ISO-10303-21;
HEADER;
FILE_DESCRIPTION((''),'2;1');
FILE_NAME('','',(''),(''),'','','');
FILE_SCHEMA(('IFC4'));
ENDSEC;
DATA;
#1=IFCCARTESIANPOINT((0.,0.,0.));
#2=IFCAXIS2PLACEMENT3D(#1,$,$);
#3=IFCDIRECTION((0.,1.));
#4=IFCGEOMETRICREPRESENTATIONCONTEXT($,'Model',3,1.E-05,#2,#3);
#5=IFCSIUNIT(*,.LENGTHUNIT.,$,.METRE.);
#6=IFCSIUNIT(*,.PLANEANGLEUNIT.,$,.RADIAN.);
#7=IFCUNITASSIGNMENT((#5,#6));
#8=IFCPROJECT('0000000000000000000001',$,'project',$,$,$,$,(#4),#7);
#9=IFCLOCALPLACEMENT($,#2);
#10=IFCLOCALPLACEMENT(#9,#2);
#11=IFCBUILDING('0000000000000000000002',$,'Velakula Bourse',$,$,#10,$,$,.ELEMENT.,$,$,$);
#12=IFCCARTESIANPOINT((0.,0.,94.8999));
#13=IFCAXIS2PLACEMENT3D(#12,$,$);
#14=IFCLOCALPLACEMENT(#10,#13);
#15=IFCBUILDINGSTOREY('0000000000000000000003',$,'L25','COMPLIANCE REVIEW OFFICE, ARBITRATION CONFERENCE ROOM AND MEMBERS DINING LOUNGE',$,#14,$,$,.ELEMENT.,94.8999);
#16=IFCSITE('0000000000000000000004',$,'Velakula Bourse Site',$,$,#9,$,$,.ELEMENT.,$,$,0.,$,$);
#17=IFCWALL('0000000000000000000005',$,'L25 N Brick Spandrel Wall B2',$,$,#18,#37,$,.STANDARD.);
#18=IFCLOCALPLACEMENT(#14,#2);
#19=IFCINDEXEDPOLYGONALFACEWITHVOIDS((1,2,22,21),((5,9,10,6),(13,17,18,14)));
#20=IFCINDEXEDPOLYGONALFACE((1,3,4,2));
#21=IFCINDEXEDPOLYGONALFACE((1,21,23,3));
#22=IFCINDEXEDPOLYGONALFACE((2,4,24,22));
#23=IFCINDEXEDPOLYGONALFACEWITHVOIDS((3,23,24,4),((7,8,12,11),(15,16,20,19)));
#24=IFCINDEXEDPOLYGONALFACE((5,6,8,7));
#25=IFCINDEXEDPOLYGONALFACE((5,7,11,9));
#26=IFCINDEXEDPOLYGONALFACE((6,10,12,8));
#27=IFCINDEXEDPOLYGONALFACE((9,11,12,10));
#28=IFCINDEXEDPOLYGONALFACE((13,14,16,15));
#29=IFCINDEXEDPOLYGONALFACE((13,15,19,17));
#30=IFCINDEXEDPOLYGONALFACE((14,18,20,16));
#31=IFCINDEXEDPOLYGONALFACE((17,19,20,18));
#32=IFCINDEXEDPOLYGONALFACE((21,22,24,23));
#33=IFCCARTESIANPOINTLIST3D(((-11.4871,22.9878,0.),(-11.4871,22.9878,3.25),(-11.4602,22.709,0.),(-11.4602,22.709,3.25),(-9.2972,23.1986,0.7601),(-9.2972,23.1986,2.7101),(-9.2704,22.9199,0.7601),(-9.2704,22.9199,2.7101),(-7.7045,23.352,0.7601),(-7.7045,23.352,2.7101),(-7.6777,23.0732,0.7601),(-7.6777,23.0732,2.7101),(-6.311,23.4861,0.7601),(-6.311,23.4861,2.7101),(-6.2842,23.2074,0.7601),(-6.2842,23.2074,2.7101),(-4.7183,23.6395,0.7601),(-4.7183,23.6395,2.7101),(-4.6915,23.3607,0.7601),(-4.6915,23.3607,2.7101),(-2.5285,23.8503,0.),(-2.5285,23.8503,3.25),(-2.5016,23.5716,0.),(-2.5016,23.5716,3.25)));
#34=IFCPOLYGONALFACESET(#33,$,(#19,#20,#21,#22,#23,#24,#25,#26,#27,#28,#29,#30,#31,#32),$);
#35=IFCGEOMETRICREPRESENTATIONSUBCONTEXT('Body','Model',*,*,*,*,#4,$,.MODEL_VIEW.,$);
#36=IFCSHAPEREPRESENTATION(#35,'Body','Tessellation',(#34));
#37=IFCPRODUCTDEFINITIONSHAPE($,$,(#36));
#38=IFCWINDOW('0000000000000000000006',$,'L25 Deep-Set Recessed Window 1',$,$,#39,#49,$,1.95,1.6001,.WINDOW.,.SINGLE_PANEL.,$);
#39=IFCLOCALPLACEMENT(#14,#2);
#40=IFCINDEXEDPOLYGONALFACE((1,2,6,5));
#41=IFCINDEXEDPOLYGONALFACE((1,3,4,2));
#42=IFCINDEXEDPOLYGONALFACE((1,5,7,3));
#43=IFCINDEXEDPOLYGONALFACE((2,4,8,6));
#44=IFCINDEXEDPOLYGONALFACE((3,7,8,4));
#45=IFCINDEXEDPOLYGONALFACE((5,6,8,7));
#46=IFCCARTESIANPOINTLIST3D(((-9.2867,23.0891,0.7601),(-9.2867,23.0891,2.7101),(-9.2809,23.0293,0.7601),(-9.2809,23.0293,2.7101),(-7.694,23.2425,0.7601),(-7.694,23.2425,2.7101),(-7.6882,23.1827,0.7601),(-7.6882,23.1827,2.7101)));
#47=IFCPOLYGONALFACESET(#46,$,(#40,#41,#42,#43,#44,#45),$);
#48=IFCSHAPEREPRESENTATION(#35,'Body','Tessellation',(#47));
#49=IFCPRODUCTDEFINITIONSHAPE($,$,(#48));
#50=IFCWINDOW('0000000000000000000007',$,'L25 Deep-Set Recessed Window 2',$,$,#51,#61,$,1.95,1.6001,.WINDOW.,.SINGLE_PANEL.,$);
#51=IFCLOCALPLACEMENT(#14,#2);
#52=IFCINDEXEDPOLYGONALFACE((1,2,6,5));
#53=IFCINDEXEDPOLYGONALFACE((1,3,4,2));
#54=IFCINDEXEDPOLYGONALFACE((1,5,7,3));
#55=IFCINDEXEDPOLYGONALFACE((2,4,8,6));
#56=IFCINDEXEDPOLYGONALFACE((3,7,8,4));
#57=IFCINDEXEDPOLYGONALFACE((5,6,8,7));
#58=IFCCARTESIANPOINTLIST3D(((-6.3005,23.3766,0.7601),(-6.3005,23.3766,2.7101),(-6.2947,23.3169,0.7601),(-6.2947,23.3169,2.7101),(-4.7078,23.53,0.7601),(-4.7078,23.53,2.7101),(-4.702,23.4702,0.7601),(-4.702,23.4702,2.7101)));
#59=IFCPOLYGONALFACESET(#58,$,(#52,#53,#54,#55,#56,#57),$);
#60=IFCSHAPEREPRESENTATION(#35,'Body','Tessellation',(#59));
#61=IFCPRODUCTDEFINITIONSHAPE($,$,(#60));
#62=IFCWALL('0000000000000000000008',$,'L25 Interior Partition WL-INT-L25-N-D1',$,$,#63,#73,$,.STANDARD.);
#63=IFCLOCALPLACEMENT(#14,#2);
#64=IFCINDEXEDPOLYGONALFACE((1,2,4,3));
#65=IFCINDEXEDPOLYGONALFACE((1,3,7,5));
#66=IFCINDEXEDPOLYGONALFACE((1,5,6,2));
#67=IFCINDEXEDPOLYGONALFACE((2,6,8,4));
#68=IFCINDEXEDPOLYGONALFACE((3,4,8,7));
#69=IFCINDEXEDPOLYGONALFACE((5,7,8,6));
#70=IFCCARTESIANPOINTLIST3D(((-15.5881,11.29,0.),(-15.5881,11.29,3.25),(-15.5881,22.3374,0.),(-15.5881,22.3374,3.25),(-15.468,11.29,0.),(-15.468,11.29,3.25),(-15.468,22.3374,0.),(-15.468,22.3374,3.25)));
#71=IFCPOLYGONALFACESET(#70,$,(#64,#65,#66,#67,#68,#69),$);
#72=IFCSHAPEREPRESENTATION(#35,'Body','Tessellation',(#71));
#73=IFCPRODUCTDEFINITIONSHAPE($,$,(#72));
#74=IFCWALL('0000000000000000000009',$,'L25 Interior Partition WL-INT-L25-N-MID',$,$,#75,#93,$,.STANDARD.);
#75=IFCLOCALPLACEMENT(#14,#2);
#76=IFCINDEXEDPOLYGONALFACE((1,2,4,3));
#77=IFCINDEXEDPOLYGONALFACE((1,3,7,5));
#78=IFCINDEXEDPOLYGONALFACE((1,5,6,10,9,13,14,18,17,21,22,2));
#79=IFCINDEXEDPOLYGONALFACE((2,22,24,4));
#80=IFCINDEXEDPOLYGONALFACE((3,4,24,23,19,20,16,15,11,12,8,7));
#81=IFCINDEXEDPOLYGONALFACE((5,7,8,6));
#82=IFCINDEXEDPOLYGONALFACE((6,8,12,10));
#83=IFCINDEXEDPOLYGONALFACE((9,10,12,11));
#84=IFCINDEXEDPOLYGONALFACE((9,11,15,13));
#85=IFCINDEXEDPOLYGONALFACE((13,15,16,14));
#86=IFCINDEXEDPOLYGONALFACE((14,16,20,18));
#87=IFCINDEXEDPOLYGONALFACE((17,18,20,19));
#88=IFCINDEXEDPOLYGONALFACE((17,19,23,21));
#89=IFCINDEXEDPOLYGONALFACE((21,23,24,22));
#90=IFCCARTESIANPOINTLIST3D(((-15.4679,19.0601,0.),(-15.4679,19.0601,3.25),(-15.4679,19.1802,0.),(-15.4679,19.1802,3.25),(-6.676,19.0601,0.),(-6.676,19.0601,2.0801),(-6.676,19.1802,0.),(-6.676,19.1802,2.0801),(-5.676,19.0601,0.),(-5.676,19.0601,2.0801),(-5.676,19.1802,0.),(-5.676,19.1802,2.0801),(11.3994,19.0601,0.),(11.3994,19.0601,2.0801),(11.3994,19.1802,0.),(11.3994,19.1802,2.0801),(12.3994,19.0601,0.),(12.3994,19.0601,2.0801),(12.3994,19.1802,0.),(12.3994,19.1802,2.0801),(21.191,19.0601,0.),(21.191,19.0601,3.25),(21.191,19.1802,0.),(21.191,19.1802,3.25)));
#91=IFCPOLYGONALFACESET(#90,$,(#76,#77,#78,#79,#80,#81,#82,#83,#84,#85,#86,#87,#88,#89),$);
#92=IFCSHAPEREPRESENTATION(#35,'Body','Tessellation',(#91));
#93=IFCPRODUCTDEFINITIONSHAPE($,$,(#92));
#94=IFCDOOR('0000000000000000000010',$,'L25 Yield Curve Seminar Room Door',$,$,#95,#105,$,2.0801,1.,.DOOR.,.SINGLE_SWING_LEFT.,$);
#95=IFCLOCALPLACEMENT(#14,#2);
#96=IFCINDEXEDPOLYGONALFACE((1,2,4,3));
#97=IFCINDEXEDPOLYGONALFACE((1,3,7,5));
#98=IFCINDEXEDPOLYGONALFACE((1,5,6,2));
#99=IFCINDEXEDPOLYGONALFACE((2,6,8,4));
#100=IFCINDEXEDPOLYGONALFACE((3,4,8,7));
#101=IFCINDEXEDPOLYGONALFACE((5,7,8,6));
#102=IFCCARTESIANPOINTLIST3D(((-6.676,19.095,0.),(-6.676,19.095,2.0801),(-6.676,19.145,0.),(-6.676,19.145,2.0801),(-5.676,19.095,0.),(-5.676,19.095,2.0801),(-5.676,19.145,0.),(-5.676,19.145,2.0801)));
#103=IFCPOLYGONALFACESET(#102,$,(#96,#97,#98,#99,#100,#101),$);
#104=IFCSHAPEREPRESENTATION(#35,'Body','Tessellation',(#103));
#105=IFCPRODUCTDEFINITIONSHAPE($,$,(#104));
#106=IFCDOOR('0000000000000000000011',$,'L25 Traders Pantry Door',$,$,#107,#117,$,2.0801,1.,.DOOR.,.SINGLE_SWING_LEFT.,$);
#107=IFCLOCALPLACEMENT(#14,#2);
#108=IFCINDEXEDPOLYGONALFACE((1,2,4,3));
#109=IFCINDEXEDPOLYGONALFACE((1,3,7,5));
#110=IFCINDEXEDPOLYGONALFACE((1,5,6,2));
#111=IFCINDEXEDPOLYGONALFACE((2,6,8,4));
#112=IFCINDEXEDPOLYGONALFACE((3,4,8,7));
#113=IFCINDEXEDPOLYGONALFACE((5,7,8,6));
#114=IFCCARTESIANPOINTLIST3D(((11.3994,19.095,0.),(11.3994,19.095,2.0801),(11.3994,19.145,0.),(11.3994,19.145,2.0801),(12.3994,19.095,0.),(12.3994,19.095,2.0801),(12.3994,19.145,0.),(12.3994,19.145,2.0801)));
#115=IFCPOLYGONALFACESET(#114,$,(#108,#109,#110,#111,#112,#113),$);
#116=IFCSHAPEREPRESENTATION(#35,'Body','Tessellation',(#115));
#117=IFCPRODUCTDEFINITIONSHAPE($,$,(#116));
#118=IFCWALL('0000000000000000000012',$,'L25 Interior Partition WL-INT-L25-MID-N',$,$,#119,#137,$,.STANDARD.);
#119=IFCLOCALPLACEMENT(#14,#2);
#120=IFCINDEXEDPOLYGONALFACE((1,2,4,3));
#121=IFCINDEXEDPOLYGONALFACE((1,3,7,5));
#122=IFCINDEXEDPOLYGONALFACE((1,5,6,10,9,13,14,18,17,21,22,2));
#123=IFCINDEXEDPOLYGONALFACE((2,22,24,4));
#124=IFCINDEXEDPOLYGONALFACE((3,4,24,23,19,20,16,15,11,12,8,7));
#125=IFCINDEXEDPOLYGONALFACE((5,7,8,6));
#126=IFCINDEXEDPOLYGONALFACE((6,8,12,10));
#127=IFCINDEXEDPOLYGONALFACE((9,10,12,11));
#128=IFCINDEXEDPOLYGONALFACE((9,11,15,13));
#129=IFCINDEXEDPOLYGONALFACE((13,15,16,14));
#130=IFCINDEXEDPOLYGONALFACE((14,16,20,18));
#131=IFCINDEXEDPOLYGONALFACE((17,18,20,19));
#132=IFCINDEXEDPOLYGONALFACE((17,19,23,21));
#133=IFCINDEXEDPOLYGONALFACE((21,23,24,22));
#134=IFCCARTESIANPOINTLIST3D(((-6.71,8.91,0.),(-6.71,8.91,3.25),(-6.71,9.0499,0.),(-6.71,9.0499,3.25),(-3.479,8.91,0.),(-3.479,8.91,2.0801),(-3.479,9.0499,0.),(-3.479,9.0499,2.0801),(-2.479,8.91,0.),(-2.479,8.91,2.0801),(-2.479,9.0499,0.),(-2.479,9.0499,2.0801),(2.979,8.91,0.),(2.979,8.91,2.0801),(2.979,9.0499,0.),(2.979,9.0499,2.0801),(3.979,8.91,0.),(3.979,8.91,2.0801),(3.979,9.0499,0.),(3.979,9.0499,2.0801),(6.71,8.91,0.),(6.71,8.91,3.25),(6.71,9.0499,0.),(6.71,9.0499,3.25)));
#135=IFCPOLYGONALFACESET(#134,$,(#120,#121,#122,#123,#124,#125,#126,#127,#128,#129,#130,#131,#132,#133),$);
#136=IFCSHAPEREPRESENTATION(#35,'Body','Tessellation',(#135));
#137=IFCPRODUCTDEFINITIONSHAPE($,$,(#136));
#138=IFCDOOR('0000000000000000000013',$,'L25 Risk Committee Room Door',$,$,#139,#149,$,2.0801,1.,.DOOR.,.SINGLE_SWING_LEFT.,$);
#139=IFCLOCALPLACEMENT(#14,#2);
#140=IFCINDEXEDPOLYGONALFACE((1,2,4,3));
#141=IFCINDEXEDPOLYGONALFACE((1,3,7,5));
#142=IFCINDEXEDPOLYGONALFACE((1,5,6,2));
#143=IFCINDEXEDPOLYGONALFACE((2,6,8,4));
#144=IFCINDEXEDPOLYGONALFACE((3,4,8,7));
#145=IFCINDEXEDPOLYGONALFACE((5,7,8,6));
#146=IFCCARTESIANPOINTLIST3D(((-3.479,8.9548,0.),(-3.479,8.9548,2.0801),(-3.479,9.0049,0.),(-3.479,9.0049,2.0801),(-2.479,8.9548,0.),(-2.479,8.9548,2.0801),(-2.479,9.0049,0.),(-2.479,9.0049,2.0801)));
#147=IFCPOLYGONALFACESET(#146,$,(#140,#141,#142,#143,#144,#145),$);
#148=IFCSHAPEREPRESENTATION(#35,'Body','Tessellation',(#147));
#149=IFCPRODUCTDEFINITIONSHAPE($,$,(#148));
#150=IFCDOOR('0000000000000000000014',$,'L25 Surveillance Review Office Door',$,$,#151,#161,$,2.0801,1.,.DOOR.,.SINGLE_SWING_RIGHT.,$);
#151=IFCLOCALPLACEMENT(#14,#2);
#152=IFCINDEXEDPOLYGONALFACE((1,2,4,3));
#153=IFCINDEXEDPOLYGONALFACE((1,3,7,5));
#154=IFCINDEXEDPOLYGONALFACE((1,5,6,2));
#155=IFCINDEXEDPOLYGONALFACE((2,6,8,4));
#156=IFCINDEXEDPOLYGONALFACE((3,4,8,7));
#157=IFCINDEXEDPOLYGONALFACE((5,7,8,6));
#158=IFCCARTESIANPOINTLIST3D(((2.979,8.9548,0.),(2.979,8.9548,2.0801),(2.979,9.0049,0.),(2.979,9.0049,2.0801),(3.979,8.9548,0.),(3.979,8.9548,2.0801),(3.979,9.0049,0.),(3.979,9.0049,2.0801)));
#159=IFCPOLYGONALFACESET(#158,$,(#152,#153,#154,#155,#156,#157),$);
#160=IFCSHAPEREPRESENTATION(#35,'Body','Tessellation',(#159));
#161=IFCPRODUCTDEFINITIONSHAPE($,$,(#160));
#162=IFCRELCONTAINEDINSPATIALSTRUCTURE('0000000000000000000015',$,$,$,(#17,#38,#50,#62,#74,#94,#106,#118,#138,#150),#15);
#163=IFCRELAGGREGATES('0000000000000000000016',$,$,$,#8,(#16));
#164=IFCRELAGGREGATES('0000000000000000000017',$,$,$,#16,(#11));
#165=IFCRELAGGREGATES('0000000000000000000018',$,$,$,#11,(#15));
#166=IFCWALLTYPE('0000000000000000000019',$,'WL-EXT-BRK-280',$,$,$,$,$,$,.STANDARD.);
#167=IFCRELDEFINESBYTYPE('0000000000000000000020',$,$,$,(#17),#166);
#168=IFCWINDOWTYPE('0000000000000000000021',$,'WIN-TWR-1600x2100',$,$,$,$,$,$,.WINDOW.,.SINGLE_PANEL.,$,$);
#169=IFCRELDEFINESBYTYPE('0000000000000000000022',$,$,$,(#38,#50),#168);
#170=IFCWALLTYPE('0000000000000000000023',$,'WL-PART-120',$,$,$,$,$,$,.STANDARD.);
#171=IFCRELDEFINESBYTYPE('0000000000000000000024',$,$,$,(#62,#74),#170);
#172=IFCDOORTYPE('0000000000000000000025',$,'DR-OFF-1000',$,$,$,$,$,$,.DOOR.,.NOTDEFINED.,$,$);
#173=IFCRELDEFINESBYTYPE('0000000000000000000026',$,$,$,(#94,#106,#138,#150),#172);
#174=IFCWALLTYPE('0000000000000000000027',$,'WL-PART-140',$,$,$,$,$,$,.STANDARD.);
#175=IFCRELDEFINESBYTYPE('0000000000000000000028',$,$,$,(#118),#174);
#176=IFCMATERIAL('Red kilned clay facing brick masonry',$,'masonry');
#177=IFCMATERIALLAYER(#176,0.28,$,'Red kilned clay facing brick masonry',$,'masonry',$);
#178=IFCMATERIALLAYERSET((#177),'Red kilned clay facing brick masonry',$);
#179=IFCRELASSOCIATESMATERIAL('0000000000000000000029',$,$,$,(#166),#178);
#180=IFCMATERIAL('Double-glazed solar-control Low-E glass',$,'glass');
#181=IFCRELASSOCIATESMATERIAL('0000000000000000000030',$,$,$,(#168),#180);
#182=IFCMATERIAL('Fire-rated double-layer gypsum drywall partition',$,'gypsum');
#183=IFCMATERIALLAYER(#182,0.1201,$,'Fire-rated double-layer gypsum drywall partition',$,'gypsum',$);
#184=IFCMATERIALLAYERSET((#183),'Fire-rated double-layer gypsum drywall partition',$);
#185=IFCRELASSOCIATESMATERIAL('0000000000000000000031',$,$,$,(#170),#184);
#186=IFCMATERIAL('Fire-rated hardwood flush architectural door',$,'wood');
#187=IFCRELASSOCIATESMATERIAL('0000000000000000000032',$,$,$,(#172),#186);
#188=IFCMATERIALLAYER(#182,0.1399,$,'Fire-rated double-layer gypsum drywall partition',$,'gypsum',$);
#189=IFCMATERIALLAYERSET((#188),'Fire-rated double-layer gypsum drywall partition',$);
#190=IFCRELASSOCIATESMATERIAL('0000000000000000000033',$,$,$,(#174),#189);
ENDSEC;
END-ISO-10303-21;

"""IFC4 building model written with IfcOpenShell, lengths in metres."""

from ifc_helpers import new_model, si_unit, direction, frame, frame_2d, origin, place, context, subcontext, project, spatial, rectangle, extrude, material, layer, layer_set, type_object, element, fill, save


model = new_model("IFC4")

# Units and contexts
model_context = context("Model", 3, precision=1e-05, world=origin(), true_north=direction((0.0, 1.0)))
body_context = subcontext(model_context, "Body", "Model", "MODEL_VIEW")
ifc_project = project(units=[si_unit("LENGTHUNIT", "METRE"), si_unit("PLANEANGLEUNIT", "RADIAN")], contexts=[model_context])

# Site, building, storey
site_placement = place(None, origin())
site = spatial("IfcSite", under=ifc_project, at=site_placement, Name="Velakula Bourse Site", CompositionType="ELEMENT", RefElevation=0.0)
building_placement = place(site_placement, origin())
building = spatial("IfcBuilding", under=site, at=building_placement, Name="Velakula Bourse", CompositionType="ELEMENT")
storey_placement = place(building_placement, frame((0.0, 0.0, 94.8999)))
storey = spatial("IfcBuildingStorey", under=building, at=storey_placement, Name="L25", Description="COMPLIANCE REVIEW OFFICE, ARBITRATION CONFERENCE ROOM AND MEMBERS DINING LOUNGE", CompositionType="ELEMENT", Elevation=94.8999)

# Wall, openings, windows
ifc_material_1 = material(Name="Red kilned clay facing brick masonry", Category="masonry")
ifc_layer_1 = layer(ifc_material_1, 0.28, Name="Red kilned clay facing brick masonry", Category="masonry")
ifc_layer_set_1 = layer_set([ifc_layer_1], Name="Red kilned clay facing brick masonry")
wall_type_1 = type_object("IfcWallType", Name="WL-EXT-BRK-280", PredefinedType="STANDARD", material=ifc_layer_set_1)
wall_1_placement = place(storey_placement, frame((-11.4736, 22.8484, 0.0), z_axis=(0.0, 0.0, 1.0), x_axis=(0.995397, 0.09584, 0.0)))
wall_1 = element("IfcWall", 1, at=wall_1_placement, inside=storey, type_object=wall_type_1, Name="L25 N Brick Spandrel Wall B2", PredefinedType="STANDARD", context=body_context, shape_type="SweptSolid", body=[
    extrude(rectangle(XDim=9.0, YDim=0.28, at=frame_2d((4.5, 0.0))), origin(), (0.0, 0.0, 1.0), 3.25),
])
opening_1_placement = place(wall_1_placement, frame((2.2, 0.0, 0.76)))
opening_1 = element("IfcOpeningElement", 2, at=opening_1_placement, cuts=wall_1, PredefinedType="OPENING", context=body_context, shape_type="SweptSolid", body=[
    extrude(rectangle(XDim=1.6001, YDim=1.95, at=frame_2d((0.8, 0.9751))), frame((0.0, 0.1499, 0.0), z_axis=(0.0, -1.0, 0.0), x_axis=(1.0, 0.0, 0.0)), (0.0, 0.0, 1.0), 0.3),
])
opening_2_placement = place(wall_1_placement, frame((5.2, 0.0, 0.76)))
opening_2 = element("IfcOpeningElement", 3, at=opening_2_placement, cuts=wall_1, PredefinedType="OPENING", context=body_context, shape_type="SweptSolid", body=[
    extrude(rectangle(XDim=1.6001, YDim=1.95, at=frame_2d((0.8, 0.9751))), frame((0.0, 0.1499, 0.0), z_axis=(0.0, -1.0, 0.0), x_axis=(1.0, 0.0, 0.0)), (0.0, 0.0, 1.0), 0.3),
])
ifc_material_2 = material(Name="Double-glazed solar-control Low-E glass", Category="glass")
window_type = type_object("IfcWindowType", Name="WIN-TWR-1600x2100", PartitioningType="SINGLE_PANEL", PredefinedType="WINDOW", material=ifc_material_2)
window_1_placement = place(opening_1_placement, origin())
window_1 = element("IfcWindow", 4, at=window_1_placement, inside=storey, type_object=window_type, Name="L25 Deep-Set Recessed Window 1", OverallHeight=1.95, OverallWidth=1.6001, PartitioningType="SINGLE_PANEL", PredefinedType="WINDOW", context=body_context, shape_type="SweptSolid", body=[
    extrude(rectangle(XDim=1.6001, YDim=1.95, at=frame_2d((0.8, 0.9751))), frame((0.0, 0.03, 0.0), z_axis=(0.0, -1.0, 0.0), x_axis=(1.0, 0.0, 0.0)), (0.0, 0.0, 1.0), 0.0601),
])
fill(opening_1, window_1)
window_2_placement = place(opening_2_placement, origin())
window_2 = element("IfcWindow", 5, at=window_2_placement, inside=storey, type_object=window_type, Name="L25 Deep-Set Recessed Window 2", OverallHeight=1.95, OverallWidth=1.6001, PartitioningType="SINGLE_PANEL", PredefinedType="WINDOW", context=body_context, shape_type="SweptSolid", body=[
    extrude(rectangle(XDim=1.6001, YDim=1.95, at=frame_2d((0.8, 0.9751))), frame((0.0, 0.03, 0.0), z_axis=(0.0, -1.0, 0.0), x_axis=(1.0, 0.0, 0.0)), (0.0, 0.0, 1.0), 0.0601),
])
fill(opening_2, window_2)

# Wall
ifc_material_3 = material(Name="Fire-rated double-layer gypsum drywall partition", Category="gypsum")
ifc_layer_2 = layer(ifc_material_3, 0.1201, Name="Fire-rated double-layer gypsum drywall partition", Category="gypsum")
ifc_layer_set_2 = layer_set([ifc_layer_2], Name="Fire-rated double-layer gypsum drywall partition")
wall_type_2 = type_object("IfcWallType", Name="WL-PART-120", PredefinedType="STANDARD", material=ifc_layer_set_2)
wall_2_placement = place(storey_placement, frame((-15.5281, 11.29, 0.0), z_axis=(0.0, 0.0, 1.0), x_axis=(0.0, 1.0, 0.0)))
element("IfcWall", 6, at=wall_2_placement, inside=storey, type_object=wall_type_2, Name="L25 Interior Partition WL-INT-L25-N-D1", PredefinedType="STANDARD", context=body_context, shape_type="SweptSolid", body=[
    extrude(rectangle(XDim=11.0474, YDim=0.1201, at=frame_2d((5.5237, 0.0))), origin(), (0.0, 0.0, 1.0), 3.25),
])

# Walls, openings, doors
wall_3_placement = place(storey_placement, frame((-15.468, 19.1201, 0.0), z_axis=(0.0, 0.0, 1.0), x_axis=(1.0, 0.0, 0.0)))
wall_3 = element("IfcWall", 7, at=wall_3_placement, inside=storey, type_object=wall_type_2, Name="L25 Interior Partition WL-INT-L25-N-MID", PredefinedType="STANDARD", context=body_context, shape_type="SweptSolid", body=[
    extrude(rectangle(XDim=36.6589, YDim=0.1201, at=frame_2d((18.3296, 0.0))), origin(), (0.0, 0.0, 1.0), 3.25),
])
opening_3_placement = place(wall_3_placement, frame((8.792, 0.0, 0.0)))
opening_3 = element("IfcOpeningElement", 8, at=opening_3_placement, cuts=wall_3, PredefinedType="OPENING", context=body_context, shape_type="SweptSolid", body=[
    extrude(rectangle(XDim=1.0, YDim=2.0801, at=frame_2d((0.5, 1.04))), frame((0.0, 0.0701, 0.0), z_axis=(0.0, -1.0, 0.0), x_axis=(1.0, 0.0, 0.0)), (0.0, 0.0, 1.0), 0.1401),
])
opening_4_placement = place(wall_3_placement, frame((26.8674, 0.0, 0.0)))
opening_4 = element("IfcOpeningElement", 9, at=opening_4_placement, cuts=wall_3, PredefinedType="OPENING", context=body_context, shape_type="SweptSolid", body=[
    extrude(rectangle(XDim=1.0, YDim=2.0801, at=frame_2d((0.5, 1.04))), frame((0.0, 0.0701, 0.0), z_axis=(0.0, -1.0, 0.0), x_axis=(1.0, 0.0, 0.0)), (0.0, 0.0, 1.0), 0.1401),
])
ifc_material_4 = material(Name="Fire-rated hardwood flush architectural door", Category="wood")
door_type = type_object("IfcDoorType", Name="DR-OFF-1000", OperationType="NOTDEFINED", PredefinedType="DOOR", material=ifc_material_4)
door_1_placement = place(opening_3_placement, origin())
door_1 = element("IfcDoor", 10, at=door_1_placement, inside=storey, type_object=door_type, Name="L25 Yield Curve Seminar Room Door", OperationType="SINGLE_SWING_LEFT", OverallHeight=2.0801, OverallWidth=1.0, PredefinedType="DOOR", context=body_context, shape_type="SweptSolid", body=[
    extrude(rectangle(XDim=1.0, YDim=2.0801, at=frame_2d((0.5, 1.04))), frame((0.0, 0.0249, 0.0), z_axis=(0.0, -1.0, 0.0), x_axis=(1.0, 0.0, 0.0)), (0.0, 0.0, 1.0), 0.05),
])
fill(opening_3, door_1)
door_2_placement = place(opening_4_placement, origin())
door_2 = element("IfcDoor", 11, at=door_2_placement, inside=storey, type_object=door_type, Name="L25 Traders Pantry Door", OperationType="SINGLE_SWING_LEFT", OverallHeight=2.0801, OverallWidth=1.0, PredefinedType="DOOR", context=body_context, shape_type="SweptSolid", body=[
    extrude(rectangle(XDim=1.0, YDim=2.0801, at=frame_2d((0.5, 1.04))), frame((0.0, 0.0249, 0.0), z_axis=(0.0, -1.0, 0.0), x_axis=(1.0, 0.0, 0.0)), (0.0, 0.0, 1.0), 0.05),
])
fill(opening_4, door_2)
ifc_layer_3 = layer(ifc_material_3, 0.1399, Name="Fire-rated double-layer gypsum drywall partition", Category="gypsum")
ifc_layer_set_3 = layer_set([ifc_layer_3], Name="Fire-rated double-layer gypsum drywall partition")
wall_type_3 = type_object("IfcWallType", Name="WL-PART-140", PredefinedType="STANDARD", material=ifc_layer_set_3)
wall_4_placement = place(storey_placement, frame((-6.71, 8.98, 0.0), z_axis=(0.0, 0.0, 1.0), x_axis=(1.0, 0.0, 0.0)))
wall_4 = element("IfcWall", 12, at=wall_4_placement, inside=storey, type_object=wall_type_3, Name="L25 Interior Partition WL-INT-L25-MID-N", PredefinedType="STANDARD", context=body_context, shape_type="SweptSolid", body=[
    extrude(rectangle(XDim=13.4199, YDim=0.1399, at=frame_2d((6.71, 0.0))), origin(), (0.0, 0.0, 1.0), 3.25),
])
opening_5_placement = place(wall_4_placement, frame((3.231, 0.0, 0.0)))
opening_5 = element("IfcOpeningElement", 13, at=opening_5_placement, cuts=wall_4, PredefinedType="OPENING", context=body_context, shape_type="SweptSolid", body=[
    extrude(rectangle(XDim=1.0, YDim=2.0801, at=frame_2d((0.5, 1.04))), frame((0.0, 0.0798, 0.0), z_axis=(0.0, -1.0, 0.0), x_axis=(1.0, 0.0, 0.0)), (0.0, 0.0, 1.0), 0.1599),
])
opening_6_placement = place(wall_4_placement, frame((9.689, 0.0, 0.0)))
opening_6 = element("IfcOpeningElement", 14, at=opening_6_placement, cuts=wall_4, PredefinedType="OPENING", context=body_context, shape_type="SweptSolid", body=[
    extrude(rectangle(XDim=1.0, YDim=2.0801, at=frame_2d((0.5, 1.04))), frame((0.0, 0.0798, 0.0), z_axis=(0.0, -1.0, 0.0), x_axis=(1.0, 0.0, 0.0)), (0.0, 0.0, 1.0), 0.1599),
])
door_3_placement = place(opening_5_placement, origin())
door_3 = element("IfcDoor", 15, at=door_3_placement, inside=storey, type_object=door_type, Name="L25 Risk Committee Room Door", OperationType="SINGLE_SWING_LEFT", OverallHeight=2.0801, OverallWidth=1.0, PredefinedType="DOOR", context=body_context, shape_type="SweptSolid", body=[
    extrude(rectangle(XDim=1.0, YDim=2.0801, at=frame_2d((0.5, 1.04))), frame((0.0, 0.0249, 0.0), z_axis=(0.0, -1.0, 0.0), x_axis=(1.0, 0.0, 0.0)), (0.0, 0.0, 1.0), 0.05),
])
fill(opening_5, door_3)
door_4_placement = place(opening_6_placement, origin())
door_4 = element("IfcDoor", 16, at=door_4_placement, inside=storey, type_object=door_type, Name="L25 Surveillance Review Office Door", OperationType="SINGLE_SWING_RIGHT", OverallHeight=2.0801, OverallWidth=1.0, PredefinedType="DOOR", context=body_context, shape_type="SweptSolid", body=[
    extrude(rectangle(XDim=1.0, YDim=2.0801, at=frame_2d((0.5, 1.04))), frame((0.0, 0.0249, 0.0), z_axis=(0.0, -1.0, 0.0), x_axis=(1.0, 0.0, 0.0)), (0.0, 0.0, 1.0), 0.05),
])
fill(opening_6, door_4)

save(model, "model.ifc")
